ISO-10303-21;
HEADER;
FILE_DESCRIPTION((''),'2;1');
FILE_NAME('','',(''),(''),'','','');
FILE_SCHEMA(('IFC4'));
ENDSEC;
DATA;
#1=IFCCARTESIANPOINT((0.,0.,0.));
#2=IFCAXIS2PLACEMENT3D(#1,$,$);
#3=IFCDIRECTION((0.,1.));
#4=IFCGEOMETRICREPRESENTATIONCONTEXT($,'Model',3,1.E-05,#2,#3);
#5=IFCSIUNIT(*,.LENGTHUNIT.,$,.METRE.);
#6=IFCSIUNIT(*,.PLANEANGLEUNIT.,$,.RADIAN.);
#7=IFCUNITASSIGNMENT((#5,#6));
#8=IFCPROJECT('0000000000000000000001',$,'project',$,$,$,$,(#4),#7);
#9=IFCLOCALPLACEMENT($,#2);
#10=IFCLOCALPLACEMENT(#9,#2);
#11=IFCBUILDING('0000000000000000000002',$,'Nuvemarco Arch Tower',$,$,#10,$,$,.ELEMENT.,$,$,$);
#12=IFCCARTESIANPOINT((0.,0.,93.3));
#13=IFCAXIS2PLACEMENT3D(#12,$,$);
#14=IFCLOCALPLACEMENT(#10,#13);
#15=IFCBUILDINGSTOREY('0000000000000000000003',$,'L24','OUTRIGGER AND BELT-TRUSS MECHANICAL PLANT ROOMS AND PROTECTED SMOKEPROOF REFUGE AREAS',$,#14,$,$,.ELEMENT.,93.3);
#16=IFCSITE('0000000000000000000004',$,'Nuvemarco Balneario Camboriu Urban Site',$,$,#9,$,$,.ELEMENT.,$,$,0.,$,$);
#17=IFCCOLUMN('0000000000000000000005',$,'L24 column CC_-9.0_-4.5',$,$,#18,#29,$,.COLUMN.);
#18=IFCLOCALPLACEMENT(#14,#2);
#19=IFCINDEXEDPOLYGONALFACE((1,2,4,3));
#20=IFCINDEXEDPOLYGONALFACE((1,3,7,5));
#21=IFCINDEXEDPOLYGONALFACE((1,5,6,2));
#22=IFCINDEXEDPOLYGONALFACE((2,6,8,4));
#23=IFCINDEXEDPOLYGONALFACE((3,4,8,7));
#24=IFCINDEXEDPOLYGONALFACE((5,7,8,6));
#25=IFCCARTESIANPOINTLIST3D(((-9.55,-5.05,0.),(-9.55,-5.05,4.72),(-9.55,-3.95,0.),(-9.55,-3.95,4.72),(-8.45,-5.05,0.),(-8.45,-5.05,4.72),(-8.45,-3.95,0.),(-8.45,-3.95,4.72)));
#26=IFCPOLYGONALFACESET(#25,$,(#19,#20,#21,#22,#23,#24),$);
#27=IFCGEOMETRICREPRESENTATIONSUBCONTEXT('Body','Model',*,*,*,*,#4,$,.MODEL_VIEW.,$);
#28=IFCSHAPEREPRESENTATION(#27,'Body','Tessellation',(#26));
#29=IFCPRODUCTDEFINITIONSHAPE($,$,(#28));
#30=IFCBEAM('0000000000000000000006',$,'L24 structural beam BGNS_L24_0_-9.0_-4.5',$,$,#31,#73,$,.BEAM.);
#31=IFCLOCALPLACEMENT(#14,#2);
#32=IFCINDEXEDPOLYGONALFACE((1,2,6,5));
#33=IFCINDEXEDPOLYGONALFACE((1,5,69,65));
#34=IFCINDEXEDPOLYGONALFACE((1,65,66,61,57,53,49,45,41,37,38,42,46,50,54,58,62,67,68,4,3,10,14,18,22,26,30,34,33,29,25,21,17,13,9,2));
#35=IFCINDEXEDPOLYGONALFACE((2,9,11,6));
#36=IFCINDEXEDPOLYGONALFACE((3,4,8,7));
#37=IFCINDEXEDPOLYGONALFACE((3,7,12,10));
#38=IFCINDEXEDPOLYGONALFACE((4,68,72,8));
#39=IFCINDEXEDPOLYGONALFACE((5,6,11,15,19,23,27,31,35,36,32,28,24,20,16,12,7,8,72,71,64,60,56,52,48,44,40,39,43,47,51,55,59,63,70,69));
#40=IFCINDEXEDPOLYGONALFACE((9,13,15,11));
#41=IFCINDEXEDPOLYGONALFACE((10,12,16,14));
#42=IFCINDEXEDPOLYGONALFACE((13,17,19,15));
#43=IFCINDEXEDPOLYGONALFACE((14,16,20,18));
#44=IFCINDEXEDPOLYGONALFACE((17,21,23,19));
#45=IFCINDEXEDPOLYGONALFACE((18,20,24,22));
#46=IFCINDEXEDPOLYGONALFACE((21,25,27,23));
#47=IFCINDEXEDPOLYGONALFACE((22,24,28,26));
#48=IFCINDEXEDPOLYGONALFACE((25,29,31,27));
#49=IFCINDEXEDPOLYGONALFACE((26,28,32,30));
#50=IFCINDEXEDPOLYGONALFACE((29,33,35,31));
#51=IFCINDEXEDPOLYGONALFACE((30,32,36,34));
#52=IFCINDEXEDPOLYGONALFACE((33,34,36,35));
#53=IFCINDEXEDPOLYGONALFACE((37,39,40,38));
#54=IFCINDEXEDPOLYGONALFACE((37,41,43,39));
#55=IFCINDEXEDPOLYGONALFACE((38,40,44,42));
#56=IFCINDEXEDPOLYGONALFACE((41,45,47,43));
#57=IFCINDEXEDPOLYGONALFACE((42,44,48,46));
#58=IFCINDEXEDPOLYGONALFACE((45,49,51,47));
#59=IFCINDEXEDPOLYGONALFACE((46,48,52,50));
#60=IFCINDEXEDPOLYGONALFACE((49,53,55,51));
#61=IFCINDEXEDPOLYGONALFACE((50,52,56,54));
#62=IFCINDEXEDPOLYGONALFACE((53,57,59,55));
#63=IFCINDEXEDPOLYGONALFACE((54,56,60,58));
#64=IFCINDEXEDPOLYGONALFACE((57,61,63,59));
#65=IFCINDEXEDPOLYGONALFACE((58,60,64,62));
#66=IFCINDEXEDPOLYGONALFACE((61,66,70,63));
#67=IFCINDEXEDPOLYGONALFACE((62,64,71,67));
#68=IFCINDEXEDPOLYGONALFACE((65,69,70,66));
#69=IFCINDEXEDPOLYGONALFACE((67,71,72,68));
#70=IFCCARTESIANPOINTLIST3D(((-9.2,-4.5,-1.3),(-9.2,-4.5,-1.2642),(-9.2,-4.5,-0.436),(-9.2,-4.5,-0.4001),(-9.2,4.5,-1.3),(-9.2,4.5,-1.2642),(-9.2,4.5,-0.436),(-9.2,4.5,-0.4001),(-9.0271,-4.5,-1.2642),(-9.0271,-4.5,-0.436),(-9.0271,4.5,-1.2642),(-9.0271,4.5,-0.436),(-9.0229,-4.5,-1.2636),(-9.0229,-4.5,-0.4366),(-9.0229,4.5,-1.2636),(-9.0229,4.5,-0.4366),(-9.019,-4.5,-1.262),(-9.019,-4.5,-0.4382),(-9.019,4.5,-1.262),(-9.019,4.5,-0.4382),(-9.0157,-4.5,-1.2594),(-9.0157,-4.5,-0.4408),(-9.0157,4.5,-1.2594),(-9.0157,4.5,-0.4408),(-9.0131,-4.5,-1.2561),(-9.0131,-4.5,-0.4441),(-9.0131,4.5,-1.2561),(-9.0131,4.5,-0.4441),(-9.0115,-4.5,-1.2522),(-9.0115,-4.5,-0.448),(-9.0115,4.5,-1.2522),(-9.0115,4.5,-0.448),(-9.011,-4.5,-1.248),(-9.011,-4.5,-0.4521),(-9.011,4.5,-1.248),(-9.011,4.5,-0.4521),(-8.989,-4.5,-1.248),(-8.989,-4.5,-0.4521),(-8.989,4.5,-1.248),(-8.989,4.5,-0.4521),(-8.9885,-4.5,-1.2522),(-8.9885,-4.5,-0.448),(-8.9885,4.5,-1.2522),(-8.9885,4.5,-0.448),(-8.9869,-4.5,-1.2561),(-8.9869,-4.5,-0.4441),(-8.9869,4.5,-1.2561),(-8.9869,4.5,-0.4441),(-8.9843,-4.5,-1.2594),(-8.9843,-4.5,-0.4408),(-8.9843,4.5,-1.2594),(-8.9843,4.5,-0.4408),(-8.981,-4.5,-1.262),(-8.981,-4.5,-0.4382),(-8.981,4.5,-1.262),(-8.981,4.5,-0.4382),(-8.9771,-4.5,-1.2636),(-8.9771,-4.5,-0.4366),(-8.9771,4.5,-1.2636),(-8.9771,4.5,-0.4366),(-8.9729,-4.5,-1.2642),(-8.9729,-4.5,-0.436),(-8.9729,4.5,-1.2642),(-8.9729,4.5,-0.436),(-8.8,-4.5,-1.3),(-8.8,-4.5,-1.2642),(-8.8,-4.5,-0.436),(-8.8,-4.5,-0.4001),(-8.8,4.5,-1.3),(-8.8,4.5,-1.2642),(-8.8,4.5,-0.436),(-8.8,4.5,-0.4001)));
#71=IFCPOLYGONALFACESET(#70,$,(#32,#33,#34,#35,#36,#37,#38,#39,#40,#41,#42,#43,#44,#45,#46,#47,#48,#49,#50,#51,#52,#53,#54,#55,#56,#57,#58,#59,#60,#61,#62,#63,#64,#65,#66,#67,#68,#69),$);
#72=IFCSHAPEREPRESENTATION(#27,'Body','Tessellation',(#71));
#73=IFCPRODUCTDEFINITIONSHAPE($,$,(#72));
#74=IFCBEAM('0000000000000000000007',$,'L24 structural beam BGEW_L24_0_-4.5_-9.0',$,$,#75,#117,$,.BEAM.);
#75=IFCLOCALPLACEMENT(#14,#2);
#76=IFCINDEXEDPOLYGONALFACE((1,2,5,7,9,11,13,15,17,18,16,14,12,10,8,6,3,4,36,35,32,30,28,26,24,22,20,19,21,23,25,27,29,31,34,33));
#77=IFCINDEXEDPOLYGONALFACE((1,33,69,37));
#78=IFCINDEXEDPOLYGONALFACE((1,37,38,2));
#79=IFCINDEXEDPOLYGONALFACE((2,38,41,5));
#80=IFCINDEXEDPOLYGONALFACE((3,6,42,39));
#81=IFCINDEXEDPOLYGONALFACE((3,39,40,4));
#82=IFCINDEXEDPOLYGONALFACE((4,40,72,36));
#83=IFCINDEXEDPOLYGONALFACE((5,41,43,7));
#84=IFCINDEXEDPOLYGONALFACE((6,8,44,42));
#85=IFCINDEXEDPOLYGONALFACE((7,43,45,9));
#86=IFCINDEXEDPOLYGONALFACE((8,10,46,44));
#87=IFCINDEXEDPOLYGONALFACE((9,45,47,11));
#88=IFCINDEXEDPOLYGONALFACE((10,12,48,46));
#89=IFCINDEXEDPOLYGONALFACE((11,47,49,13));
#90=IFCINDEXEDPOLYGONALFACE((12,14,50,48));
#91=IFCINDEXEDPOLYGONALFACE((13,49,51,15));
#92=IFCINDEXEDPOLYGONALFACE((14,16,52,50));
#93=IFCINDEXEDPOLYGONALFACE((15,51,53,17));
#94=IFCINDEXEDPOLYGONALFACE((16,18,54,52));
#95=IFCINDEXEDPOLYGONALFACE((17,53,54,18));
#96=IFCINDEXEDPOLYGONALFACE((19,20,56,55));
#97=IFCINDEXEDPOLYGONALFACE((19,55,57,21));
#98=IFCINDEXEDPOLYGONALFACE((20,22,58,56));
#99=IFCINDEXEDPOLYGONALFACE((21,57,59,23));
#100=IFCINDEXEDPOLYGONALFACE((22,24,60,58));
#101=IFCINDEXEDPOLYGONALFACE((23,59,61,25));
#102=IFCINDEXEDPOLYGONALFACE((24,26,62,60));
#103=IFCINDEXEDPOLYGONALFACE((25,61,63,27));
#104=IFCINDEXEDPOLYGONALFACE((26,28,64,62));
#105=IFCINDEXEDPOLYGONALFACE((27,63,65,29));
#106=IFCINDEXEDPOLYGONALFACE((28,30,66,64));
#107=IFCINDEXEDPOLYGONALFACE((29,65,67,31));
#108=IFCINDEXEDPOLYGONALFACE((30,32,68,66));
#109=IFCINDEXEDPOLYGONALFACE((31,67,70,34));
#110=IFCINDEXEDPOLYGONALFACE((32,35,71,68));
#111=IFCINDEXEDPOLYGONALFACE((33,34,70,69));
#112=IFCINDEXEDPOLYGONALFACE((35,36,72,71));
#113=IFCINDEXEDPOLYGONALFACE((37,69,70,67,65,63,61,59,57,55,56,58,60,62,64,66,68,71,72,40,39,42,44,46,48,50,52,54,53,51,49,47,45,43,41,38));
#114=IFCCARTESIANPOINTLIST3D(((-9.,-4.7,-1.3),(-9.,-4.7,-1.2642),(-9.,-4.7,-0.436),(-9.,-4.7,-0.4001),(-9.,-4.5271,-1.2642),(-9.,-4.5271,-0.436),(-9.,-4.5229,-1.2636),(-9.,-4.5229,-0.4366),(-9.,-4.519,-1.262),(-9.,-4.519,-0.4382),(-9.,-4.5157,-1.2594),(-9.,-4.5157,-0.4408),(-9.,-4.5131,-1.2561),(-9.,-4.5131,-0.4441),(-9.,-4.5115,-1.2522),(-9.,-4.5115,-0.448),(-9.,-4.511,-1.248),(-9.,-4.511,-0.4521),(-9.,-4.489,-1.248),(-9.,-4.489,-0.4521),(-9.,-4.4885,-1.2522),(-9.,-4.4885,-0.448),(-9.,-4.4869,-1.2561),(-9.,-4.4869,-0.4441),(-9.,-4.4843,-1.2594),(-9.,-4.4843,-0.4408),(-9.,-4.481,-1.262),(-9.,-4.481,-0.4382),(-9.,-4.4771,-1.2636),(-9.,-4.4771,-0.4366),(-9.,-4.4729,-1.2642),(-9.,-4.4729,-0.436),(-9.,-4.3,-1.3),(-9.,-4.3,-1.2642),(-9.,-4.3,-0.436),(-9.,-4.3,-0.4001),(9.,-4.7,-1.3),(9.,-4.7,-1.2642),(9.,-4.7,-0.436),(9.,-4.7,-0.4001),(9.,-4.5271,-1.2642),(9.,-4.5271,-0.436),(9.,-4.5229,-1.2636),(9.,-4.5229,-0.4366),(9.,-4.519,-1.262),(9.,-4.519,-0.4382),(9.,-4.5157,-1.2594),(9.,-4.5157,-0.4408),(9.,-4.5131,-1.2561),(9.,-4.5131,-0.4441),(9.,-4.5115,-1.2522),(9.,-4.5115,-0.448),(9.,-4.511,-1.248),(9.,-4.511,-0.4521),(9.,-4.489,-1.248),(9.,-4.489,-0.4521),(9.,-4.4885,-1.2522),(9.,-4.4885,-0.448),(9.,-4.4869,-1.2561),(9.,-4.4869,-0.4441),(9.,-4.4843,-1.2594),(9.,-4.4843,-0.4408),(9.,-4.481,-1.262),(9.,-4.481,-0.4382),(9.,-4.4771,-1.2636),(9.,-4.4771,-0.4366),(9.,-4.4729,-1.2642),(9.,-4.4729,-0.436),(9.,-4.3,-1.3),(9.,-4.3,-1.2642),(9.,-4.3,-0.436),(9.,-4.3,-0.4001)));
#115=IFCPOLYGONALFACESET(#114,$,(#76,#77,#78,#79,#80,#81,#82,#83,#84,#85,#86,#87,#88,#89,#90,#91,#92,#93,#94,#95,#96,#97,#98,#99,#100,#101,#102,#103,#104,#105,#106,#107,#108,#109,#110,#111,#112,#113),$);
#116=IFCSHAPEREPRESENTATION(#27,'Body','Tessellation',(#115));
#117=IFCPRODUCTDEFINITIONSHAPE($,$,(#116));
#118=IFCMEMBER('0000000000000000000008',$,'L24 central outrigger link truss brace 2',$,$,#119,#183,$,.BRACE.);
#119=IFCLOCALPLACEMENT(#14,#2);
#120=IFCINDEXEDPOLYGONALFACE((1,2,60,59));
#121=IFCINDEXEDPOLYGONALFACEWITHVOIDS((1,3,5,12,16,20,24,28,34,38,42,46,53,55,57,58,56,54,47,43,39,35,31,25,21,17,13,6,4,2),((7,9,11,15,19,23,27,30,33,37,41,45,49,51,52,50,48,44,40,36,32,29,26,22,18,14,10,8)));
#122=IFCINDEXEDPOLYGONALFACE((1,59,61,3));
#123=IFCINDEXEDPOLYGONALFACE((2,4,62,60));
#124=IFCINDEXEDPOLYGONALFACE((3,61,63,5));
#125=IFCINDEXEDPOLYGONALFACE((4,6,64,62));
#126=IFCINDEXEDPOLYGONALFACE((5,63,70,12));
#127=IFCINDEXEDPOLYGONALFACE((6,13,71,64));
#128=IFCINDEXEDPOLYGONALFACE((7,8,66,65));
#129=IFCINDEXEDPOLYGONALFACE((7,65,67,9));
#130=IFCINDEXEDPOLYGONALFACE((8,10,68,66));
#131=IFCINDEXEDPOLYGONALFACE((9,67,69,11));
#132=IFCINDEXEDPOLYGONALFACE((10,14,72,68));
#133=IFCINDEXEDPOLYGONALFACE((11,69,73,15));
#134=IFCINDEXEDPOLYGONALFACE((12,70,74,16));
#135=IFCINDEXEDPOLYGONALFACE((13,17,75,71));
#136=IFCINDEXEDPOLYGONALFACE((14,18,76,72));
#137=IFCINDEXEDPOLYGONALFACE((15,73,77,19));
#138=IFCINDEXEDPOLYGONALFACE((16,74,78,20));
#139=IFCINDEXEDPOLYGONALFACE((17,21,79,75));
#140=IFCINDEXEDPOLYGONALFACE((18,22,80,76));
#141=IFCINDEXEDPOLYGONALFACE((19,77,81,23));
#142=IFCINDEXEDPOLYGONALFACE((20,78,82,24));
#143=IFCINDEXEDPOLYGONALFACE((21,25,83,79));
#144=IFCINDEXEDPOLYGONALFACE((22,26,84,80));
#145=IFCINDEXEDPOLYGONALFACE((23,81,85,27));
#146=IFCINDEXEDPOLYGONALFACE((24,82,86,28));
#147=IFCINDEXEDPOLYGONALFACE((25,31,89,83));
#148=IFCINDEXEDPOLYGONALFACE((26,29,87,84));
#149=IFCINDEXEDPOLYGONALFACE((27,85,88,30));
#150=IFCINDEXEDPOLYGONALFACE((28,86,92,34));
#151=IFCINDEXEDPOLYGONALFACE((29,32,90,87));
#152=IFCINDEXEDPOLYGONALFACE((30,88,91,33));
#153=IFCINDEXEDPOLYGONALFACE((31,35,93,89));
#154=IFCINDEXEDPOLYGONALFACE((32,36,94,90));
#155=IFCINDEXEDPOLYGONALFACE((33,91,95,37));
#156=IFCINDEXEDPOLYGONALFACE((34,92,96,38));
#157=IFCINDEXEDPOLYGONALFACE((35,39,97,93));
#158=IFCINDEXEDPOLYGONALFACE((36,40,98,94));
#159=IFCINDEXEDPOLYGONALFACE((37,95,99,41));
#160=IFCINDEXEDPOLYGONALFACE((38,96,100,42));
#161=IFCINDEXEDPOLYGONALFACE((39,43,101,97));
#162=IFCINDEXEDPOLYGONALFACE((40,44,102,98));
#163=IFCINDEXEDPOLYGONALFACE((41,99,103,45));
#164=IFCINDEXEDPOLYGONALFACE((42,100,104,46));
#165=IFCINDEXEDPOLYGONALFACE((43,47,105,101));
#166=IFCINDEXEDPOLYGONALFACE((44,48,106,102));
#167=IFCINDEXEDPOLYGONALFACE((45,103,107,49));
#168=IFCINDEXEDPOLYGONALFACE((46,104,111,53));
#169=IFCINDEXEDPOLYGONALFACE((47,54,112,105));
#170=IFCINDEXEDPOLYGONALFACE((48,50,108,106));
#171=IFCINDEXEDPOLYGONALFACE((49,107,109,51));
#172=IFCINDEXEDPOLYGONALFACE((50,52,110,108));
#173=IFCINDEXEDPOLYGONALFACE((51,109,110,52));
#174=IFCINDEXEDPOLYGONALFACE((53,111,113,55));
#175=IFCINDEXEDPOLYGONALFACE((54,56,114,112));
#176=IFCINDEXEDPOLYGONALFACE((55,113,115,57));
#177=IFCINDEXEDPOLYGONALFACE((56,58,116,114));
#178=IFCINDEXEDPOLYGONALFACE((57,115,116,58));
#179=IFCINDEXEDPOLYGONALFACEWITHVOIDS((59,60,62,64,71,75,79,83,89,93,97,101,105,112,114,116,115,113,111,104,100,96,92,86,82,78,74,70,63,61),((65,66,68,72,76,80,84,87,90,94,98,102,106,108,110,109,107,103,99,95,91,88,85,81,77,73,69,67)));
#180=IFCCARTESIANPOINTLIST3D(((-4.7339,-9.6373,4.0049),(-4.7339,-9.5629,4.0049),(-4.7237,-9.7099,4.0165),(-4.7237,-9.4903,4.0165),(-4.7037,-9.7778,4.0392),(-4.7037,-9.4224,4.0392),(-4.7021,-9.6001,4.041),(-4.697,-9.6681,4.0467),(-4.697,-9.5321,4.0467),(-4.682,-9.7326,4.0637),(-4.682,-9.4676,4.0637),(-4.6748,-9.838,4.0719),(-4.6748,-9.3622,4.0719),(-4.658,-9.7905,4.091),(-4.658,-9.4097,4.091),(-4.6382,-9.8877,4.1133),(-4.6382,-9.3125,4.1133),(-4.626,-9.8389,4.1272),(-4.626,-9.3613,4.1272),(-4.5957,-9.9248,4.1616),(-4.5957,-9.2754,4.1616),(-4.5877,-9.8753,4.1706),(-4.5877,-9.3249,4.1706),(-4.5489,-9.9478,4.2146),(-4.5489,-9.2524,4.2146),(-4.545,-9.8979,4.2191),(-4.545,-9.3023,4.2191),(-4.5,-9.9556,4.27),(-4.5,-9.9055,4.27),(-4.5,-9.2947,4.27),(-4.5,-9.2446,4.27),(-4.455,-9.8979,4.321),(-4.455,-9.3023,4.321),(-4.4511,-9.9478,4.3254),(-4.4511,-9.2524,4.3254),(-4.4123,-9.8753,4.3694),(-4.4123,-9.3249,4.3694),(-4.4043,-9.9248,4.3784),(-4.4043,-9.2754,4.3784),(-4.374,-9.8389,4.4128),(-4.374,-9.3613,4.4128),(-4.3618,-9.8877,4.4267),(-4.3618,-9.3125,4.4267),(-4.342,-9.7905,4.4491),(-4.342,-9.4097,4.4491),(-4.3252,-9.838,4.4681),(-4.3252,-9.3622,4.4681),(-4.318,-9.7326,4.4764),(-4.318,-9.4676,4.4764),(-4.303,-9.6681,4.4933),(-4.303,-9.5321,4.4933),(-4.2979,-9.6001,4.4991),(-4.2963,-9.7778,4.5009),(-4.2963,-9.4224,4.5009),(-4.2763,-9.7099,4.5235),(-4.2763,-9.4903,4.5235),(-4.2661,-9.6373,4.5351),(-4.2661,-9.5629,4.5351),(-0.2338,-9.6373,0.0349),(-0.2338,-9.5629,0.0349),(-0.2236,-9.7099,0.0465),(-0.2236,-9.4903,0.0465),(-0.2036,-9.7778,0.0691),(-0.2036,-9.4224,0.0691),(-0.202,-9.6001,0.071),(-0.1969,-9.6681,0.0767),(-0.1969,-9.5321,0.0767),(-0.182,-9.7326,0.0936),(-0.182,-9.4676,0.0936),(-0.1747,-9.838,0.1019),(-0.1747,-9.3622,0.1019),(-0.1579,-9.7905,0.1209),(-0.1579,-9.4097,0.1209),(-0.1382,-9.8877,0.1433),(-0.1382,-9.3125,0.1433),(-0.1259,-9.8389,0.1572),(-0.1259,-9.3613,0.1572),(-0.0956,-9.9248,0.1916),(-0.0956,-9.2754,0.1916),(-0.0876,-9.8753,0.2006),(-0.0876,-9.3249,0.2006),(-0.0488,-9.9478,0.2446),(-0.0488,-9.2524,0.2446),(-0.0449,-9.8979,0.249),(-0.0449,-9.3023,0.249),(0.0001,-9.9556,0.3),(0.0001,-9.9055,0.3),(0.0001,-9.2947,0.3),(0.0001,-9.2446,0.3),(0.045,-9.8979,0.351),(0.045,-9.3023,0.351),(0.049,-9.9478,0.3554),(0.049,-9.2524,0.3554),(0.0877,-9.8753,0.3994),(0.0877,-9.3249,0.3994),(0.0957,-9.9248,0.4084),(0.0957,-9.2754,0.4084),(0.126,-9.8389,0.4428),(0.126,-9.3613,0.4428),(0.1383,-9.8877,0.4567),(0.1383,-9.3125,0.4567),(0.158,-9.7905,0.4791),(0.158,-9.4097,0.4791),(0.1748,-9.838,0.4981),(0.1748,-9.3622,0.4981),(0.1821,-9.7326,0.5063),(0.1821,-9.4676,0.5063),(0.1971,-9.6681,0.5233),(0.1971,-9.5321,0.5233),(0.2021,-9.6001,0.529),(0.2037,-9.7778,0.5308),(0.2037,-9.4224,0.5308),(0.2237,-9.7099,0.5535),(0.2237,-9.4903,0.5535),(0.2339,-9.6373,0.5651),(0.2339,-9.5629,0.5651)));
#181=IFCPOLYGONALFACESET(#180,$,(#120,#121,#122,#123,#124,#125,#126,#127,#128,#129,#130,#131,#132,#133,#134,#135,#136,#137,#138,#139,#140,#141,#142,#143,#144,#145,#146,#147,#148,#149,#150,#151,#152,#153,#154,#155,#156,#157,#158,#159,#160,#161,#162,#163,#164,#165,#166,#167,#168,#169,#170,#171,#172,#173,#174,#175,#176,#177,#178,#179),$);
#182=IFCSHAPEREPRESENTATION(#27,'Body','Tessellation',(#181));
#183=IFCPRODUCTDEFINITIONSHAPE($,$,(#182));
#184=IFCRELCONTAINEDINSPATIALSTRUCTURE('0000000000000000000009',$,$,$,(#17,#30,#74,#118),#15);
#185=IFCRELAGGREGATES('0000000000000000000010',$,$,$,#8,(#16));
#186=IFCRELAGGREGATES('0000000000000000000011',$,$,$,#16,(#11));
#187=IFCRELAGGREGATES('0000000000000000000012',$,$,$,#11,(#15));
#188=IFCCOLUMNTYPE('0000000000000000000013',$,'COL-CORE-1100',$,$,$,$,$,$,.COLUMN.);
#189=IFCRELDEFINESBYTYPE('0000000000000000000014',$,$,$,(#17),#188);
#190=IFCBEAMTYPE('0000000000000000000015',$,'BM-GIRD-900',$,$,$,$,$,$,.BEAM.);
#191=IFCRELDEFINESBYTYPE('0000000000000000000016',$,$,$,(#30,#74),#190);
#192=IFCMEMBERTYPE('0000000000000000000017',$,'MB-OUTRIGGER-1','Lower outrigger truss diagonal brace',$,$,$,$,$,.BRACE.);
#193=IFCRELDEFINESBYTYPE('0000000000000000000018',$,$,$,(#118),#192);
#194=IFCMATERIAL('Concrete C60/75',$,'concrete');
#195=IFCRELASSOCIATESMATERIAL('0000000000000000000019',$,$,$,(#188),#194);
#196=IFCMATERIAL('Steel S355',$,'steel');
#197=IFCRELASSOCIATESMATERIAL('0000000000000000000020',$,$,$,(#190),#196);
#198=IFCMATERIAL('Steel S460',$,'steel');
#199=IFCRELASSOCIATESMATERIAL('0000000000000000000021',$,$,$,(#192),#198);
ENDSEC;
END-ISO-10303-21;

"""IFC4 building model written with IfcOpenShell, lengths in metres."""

from ifc_helpers import new_model, si_unit, direction, frame, origin, origin_2d, place, context, subcontext, project, spatial, rectangle, hollow_circle, i_section, extrude, material, material_profile, profile_set, type_object, element, save


model = new_model("IFC4")

# Units and contexts
model_context = context("Model", 3, precision=1e-05, world=origin(), true_north=direction((0.0, 1.0)))
body_context = subcontext(model_context, "Body", "Model", "MODEL_VIEW")
ifc_project = project(units=[si_unit("LENGTHUNIT", "METRE"), si_unit("PLANEANGLEUNIT", "RADIAN")], contexts=[model_context])

# Site, building, storey
site_placement = place(None, origin())
site = spatial("IfcSite", under=ifc_project, at=site_placement, Name="Nuvemarco Balneario Camboriu Urban Site", CompositionType="ELEMENT", RefElevation=0.0)
building_placement = place(site_placement, origin())
building = spatial("IfcBuilding", under=site, at=building_placement, Name="Nuvemarco Arch Tower", CompositionType="ELEMENT")
storey_placement = place(building_placement, frame((0.0, 0.0, 93.3)))
storey = spatial("IfcBuildingStorey", under=building, at=storey_placement, Name="L24", Description="OUTRIGGER AND BELT-TRUSS MECHANICAL PLANT ROOMS AND PROTECTED SMOKEPROOF REFUGE AREAS", CompositionType="ELEMENT", Elevation=93.3)

# Column
ifc_material_1 = material(Name="Concrete C60/75", Category="concrete")
ifc_material_profile_1 = material_profile(ifc_material_1, rectangle(XDim=1.1001, YDim=1.1001, at=origin_2d()), Name="RC-COL-1100x1100")
ifc_profile_set_1 = profile_set([ifc_material_profile_1], Name="Concrete C60/75")
column_type = type_object("IfcColumnType", Name="COL-CORE-1100", PredefinedType="COLUMN", material=ifc_profile_set_1)
column_placement = place(storey_placement, frame((-9.0, -4.5, 0.0), z_axis=(0.0, 0.0, 1.0), x_axis=(1.0, 0.0, 0.0)))
element("IfcColumn", 1, at=column_placement, inside=storey, type_object=column_type, Name="L24 column CC_-9.0_-4.5", PredefinedType="COLUMN", context=body_context, shape_type="SweptSolid", body=[
    extrude(rectangle(XDim=1.1001, YDim=1.1001, at=origin_2d()), origin(), (0.0, 0.0, 1.0), 4.72),
])

# Beams
ifc_material_2 = material(Name="Steel S355", Category="steel")
ifc_material_profile_2 = material_profile(ifc_material_2, i_section(OverallWidth=0.3999, OverallDepth=0.8999, WebThickness=0.022, FlangeThickness=0.0359, FilletRadius=0.0161, at=origin_2d()), Name="PG900x400")
ifc_profile_set_2 = profile_set([ifc_material_profile_2], Name="Steel S355")
beam_type = type_object("IfcBeamType", Name="BM-GIRD-900", PredefinedType="BEAM", material=ifc_profile_set_2)
beam_1_placement = place(storey_placement, frame((-9.0, -4.5, -0.8501), z_axis=(0.0, 1.0, 0.0), x_axis=(-1.0, 0.0, 0.0)))
element("IfcBeam", 2, at=beam_1_placement, inside=storey, type_object=beam_type, Name="L24 structural beam BGNS_L24_0_-9.0_-4.5", PredefinedType="BEAM", context=body_context, shape_type="SweptSolid", body=[
    extrude(i_section(OverallWidth=0.3999, OverallDepth=0.8999, WebThickness=0.022, FlangeThickness=0.0359, FilletRadius=0.0161, at=origin_2d()), origin(), (0.0, 0.0, 1.0), 9.0),
])
beam_2_placement = place(storey_placement, frame((-9.0, -4.5, -0.8501), z_axis=(1.0, 0.0, 0.0), x_axis=(0.0, 1.0, 0.0)))
element("IfcBeam", 3, at=beam_2_placement, inside=storey, type_object=beam_type, Name="L24 structural beam BGEW_L24_0_-4.5_-9.0", PredefinedType="BEAM", context=body_context, shape_type="SweptSolid", body=[
    extrude(i_section(OverallWidth=0.3999, OverallDepth=0.8999, WebThickness=0.022, FlangeThickness=0.0359, FilletRadius=0.0161, at=origin_2d()), origin(), (0.0, 0.0, 1.0), 18.0),
])

# Member
ifc_material_3 = material(Name="Steel S460", Category="steel")
ifc_material_profile_3 = material_profile(ifc_material_3, hollow_circle(Radius=0.3555, WallThickness=0.05, at=origin_2d()), Name="CHS711x50")
ifc_profile_set_3 = profile_set([ifc_material_profile_3], Name="Steel S460")
member_type = type_object("IfcMemberType", Name="MB-OUTRIGGER-1", Description="Lower outrigger truss diagonal brace", PredefinedType="BRACE", material=ifc_profile_set_3)
member_placement = place(storey_placement, frame((-4.5, -9.6001, 4.27), z_axis=(0.749889, 0.0, -0.661564), x_axis=(0.0, 1.0, 0.0)))
element("IfcMember", 4, at=member_placement, inside=storey, type_object=member_type, Name="L24 central outrigger link truss brace 2", PredefinedType="BRACE", context=body_context, shape_type="SweptSolid", body=[
    extrude(hollow_circle(Radius=0.3555, WallThickness=0.05, at=origin_2d()), origin(), (0.0, 0.0, 1.0), 6.001),
])

save(model, "model.ifc")
